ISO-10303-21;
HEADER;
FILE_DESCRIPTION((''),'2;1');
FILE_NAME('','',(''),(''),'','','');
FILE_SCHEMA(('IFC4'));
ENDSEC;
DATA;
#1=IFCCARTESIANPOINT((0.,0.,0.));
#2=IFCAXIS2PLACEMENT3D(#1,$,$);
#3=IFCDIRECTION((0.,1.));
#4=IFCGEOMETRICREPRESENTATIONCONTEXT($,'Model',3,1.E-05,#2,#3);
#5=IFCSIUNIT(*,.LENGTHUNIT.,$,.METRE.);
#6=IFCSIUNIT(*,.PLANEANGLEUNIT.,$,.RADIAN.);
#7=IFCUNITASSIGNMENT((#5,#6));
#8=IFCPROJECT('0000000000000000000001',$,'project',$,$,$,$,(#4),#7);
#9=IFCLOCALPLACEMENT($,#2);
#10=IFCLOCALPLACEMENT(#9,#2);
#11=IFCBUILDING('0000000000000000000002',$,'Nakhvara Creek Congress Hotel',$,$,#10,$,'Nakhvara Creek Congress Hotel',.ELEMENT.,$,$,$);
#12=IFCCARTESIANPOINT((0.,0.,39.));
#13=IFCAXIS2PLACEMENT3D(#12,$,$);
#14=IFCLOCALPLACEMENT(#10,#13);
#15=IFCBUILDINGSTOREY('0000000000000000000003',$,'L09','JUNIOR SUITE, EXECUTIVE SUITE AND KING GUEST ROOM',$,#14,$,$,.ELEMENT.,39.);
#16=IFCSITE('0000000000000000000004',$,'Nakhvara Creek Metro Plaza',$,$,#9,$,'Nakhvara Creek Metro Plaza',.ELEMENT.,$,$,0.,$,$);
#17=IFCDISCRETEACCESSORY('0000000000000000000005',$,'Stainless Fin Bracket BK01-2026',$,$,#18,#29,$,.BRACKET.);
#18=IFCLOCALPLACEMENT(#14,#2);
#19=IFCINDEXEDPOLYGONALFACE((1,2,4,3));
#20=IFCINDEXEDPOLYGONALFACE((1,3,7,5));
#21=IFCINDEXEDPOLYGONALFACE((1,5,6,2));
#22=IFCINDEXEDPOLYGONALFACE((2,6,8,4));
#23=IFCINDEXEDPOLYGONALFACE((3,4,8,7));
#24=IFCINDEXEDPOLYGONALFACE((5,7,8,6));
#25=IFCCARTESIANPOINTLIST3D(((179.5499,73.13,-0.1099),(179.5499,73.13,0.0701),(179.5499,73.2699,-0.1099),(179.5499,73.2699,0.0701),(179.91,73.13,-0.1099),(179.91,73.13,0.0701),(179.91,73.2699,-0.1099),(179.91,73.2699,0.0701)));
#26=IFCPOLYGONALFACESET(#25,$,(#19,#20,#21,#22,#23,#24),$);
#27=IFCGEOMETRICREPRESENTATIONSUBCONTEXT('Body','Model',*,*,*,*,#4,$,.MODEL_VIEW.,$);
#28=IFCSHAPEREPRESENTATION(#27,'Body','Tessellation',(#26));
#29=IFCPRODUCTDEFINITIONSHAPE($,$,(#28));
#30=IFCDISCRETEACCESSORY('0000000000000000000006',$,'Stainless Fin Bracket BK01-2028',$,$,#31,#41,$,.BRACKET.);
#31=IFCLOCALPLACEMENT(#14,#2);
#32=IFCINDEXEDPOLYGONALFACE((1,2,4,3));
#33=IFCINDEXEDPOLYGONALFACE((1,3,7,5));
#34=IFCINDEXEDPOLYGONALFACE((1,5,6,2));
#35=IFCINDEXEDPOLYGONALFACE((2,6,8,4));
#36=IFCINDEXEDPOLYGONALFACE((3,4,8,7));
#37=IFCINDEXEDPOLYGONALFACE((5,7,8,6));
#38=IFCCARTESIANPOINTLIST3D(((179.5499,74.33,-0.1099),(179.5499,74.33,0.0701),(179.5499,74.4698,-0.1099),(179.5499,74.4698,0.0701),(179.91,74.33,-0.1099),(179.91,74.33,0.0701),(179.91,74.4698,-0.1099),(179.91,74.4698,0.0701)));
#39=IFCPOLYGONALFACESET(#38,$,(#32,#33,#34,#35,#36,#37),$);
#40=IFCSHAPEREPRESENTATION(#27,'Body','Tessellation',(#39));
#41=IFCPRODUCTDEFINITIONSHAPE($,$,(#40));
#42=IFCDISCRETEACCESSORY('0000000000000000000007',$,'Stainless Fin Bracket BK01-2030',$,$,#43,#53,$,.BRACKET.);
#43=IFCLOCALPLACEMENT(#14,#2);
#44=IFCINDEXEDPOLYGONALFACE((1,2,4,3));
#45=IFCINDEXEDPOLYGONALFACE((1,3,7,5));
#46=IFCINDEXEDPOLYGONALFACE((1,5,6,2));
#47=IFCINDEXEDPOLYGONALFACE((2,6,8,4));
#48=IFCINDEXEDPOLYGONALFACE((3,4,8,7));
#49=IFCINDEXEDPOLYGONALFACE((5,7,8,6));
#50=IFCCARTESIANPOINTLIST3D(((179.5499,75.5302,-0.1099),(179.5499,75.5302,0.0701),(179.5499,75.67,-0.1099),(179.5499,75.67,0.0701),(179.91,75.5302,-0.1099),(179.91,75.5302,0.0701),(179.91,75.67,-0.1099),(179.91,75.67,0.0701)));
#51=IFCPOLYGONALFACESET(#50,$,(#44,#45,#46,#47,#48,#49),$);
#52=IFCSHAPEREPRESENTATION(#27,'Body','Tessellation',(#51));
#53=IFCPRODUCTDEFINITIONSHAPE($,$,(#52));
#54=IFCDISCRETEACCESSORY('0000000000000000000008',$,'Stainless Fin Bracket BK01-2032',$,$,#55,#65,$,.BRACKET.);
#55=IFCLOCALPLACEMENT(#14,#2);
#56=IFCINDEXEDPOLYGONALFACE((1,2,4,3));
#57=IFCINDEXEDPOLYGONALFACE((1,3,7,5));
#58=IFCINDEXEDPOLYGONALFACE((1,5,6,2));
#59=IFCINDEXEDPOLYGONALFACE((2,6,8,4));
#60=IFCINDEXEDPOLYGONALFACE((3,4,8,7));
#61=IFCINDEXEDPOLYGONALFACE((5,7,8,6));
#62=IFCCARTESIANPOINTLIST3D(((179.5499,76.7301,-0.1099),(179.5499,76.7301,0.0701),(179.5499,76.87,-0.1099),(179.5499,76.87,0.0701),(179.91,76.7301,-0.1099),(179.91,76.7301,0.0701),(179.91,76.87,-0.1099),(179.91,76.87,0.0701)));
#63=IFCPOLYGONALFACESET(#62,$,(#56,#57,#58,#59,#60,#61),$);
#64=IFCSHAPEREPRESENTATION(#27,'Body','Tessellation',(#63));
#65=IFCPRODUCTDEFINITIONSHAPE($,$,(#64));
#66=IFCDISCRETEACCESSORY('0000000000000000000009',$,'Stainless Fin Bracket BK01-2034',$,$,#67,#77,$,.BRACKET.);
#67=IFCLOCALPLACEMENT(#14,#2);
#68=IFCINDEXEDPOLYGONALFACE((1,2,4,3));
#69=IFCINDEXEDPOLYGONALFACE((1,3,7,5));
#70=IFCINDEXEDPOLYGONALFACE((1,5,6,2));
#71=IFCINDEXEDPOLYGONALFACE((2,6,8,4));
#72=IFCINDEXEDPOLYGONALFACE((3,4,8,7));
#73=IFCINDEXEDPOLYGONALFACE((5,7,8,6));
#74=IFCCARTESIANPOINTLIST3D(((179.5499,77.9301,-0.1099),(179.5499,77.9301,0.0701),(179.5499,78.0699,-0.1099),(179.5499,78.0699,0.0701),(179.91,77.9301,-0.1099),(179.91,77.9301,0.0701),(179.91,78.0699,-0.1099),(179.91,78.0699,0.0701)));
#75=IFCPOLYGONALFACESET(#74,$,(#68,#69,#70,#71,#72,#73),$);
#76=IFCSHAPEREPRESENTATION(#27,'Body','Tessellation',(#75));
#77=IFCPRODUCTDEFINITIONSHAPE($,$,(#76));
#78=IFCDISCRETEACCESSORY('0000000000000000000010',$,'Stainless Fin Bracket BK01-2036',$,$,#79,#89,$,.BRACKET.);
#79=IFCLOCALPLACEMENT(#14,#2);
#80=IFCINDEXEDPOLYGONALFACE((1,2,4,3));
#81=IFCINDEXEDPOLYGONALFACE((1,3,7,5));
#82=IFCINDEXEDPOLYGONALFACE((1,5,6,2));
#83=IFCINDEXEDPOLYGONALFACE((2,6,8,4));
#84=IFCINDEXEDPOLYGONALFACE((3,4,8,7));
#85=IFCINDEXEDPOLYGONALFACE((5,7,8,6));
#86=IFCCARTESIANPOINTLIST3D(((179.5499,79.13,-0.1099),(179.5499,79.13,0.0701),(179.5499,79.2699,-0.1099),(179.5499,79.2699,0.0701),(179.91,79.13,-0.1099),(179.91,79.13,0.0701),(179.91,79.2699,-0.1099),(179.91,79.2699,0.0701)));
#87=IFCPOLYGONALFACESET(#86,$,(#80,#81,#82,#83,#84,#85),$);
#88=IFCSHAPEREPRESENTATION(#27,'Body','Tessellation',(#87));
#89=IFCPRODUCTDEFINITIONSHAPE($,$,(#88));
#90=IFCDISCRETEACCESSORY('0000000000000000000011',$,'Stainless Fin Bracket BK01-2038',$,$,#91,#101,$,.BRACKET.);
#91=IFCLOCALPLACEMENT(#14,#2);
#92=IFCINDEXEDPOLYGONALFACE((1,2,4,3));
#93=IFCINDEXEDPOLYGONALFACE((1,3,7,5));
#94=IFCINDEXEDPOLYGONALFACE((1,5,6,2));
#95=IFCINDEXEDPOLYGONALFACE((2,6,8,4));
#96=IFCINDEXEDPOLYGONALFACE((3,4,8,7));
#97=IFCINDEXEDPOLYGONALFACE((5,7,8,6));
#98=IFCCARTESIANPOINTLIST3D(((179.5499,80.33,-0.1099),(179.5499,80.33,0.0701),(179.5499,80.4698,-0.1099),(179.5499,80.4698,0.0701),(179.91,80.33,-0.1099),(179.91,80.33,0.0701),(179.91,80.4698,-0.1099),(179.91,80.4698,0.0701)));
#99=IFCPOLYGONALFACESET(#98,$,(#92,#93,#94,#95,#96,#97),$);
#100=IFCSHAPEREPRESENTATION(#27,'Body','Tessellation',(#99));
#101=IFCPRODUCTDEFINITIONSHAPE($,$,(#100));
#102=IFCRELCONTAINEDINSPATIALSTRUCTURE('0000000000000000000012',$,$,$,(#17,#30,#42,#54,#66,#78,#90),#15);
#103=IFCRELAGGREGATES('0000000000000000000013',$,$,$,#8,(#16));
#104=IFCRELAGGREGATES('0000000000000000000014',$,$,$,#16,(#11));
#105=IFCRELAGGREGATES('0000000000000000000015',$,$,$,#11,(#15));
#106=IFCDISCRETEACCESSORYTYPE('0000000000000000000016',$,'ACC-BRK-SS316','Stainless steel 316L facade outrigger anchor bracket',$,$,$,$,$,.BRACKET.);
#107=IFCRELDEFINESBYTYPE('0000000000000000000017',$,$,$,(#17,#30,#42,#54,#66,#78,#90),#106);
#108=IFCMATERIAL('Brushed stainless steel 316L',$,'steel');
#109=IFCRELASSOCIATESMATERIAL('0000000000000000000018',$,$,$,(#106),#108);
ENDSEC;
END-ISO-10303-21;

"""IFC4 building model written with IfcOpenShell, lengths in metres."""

from ifc_helpers import new_model, si_unit, direction, frame, origin, origin_2d, place, context, subcontext, project, spatial, rectangle, extrude, material, type_object, element, save


model = new_model("IFC4")

# Units and contexts
model_context = context("Model", 3, precision=1e-05, world=origin(), true_north=direction((0.0, 1.0)))
body_context = subcontext(model_context, "Body", "Model", "MODEL_VIEW")
ifc_project = project(units=[si_unit("LENGTHUNIT", "METRE"), si_unit("PLANEANGLEUNIT", "RADIAN")], contexts=[model_context])

# Site, building, storey
site_placement = place(None, origin())
site = spatial("IfcSite", under=ifc_project, at=site_placement, Name="Nakhvara Creek Metro Plaza", LongName="Nakhvara Creek Metro Plaza", CompositionType="ELEMENT", RefElevation=0.0)
building_placement = place(site_placement, origin())
building = spatial("IfcBuilding", under=site, at=building_placement, Name="Nakhvara Creek Congress Hotel", LongName="Nakhvara Creek Congress Hotel", CompositionType="ELEMENT")
storey_placement = place(building_placement, frame((0.0, 0.0, 39.0)))
storey = spatial("IfcBuildingStorey", under=building, at=storey_placement, Name="L09", Description="JUNIOR SUITE, EXECUTIVE SUITE AND KING GUEST ROOM", CompositionType="ELEMENT", Elevation=39.0)

# Discrete accessories
ifc_material_1 = material(Name="Brushed stainless steel 316L", Category="steel")
discrete_accessory_type = type_object("IfcDiscreteAccessoryType", Name="ACC-BRK-SS316", Description="Stainless steel 316L facade outrigger anchor bracket", PredefinedType="BRACKET", material=ifc_material_1)
for number, where, z_axis, x_axis, name in (
    (1, (179.73, 73.2, -0.1099), (0.0, 0.0, 1.0), (0.0, 1.0, 0.0), "Stainless Fin Bracket BK01-2026"),
    (2, (179.73, 74.3999, -0.1099), (0.0, 0.0, 1.0), (0.0, 1.0, 0.0), "Stainless Fin Bracket BK01-2028"),
    (3, (179.73, 75.6001, -0.1099), (0.0, 0.0, 1.0), (0.0, 1.0, 0.0), "Stainless Fin Bracket BK01-2030"),
    (4, (179.73, 76.8, -0.1099), (0.0, 0.0, 1.0), (0.0, 1.0, 0.0), "Stainless Fin Bracket BK01-2032"),
    (5, (179.73, 78.0, -0.1099), (0.0, 0.0, 1.0), (0.0, 1.0, 0.0), "Stainless Fin Bracket BK01-2034"),
    (6, (179.73, 79.2, -0.1099), (0.0, 0.0, 1.0), (0.0, 1.0, 0.0), "Stainless Fin Bracket BK01-2036"),
    (7, (179.73, 80.3999, -0.1099), (0.0, 0.0, 1.0), (0.0, 1.0, 0.0), "Stainless Fin Bracket BK01-2038"),
):
    element("IfcDiscreteAccessory", number, at=place(storey_placement, frame(where, z_axis=z_axis, x_axis=x_axis)), inside=storey, type_object=discrete_accessory_type, Name=name, PredefinedType="BRACKET", context=body_context, shape_type="SweptSolid", body=[
        extrude(rectangle(XDim=0.1399, YDim=0.3601, at=origin_2d()), origin(), (0.0, 0.0, 1.0), 0.1799),
    ])

save(model, "model.ifc")
